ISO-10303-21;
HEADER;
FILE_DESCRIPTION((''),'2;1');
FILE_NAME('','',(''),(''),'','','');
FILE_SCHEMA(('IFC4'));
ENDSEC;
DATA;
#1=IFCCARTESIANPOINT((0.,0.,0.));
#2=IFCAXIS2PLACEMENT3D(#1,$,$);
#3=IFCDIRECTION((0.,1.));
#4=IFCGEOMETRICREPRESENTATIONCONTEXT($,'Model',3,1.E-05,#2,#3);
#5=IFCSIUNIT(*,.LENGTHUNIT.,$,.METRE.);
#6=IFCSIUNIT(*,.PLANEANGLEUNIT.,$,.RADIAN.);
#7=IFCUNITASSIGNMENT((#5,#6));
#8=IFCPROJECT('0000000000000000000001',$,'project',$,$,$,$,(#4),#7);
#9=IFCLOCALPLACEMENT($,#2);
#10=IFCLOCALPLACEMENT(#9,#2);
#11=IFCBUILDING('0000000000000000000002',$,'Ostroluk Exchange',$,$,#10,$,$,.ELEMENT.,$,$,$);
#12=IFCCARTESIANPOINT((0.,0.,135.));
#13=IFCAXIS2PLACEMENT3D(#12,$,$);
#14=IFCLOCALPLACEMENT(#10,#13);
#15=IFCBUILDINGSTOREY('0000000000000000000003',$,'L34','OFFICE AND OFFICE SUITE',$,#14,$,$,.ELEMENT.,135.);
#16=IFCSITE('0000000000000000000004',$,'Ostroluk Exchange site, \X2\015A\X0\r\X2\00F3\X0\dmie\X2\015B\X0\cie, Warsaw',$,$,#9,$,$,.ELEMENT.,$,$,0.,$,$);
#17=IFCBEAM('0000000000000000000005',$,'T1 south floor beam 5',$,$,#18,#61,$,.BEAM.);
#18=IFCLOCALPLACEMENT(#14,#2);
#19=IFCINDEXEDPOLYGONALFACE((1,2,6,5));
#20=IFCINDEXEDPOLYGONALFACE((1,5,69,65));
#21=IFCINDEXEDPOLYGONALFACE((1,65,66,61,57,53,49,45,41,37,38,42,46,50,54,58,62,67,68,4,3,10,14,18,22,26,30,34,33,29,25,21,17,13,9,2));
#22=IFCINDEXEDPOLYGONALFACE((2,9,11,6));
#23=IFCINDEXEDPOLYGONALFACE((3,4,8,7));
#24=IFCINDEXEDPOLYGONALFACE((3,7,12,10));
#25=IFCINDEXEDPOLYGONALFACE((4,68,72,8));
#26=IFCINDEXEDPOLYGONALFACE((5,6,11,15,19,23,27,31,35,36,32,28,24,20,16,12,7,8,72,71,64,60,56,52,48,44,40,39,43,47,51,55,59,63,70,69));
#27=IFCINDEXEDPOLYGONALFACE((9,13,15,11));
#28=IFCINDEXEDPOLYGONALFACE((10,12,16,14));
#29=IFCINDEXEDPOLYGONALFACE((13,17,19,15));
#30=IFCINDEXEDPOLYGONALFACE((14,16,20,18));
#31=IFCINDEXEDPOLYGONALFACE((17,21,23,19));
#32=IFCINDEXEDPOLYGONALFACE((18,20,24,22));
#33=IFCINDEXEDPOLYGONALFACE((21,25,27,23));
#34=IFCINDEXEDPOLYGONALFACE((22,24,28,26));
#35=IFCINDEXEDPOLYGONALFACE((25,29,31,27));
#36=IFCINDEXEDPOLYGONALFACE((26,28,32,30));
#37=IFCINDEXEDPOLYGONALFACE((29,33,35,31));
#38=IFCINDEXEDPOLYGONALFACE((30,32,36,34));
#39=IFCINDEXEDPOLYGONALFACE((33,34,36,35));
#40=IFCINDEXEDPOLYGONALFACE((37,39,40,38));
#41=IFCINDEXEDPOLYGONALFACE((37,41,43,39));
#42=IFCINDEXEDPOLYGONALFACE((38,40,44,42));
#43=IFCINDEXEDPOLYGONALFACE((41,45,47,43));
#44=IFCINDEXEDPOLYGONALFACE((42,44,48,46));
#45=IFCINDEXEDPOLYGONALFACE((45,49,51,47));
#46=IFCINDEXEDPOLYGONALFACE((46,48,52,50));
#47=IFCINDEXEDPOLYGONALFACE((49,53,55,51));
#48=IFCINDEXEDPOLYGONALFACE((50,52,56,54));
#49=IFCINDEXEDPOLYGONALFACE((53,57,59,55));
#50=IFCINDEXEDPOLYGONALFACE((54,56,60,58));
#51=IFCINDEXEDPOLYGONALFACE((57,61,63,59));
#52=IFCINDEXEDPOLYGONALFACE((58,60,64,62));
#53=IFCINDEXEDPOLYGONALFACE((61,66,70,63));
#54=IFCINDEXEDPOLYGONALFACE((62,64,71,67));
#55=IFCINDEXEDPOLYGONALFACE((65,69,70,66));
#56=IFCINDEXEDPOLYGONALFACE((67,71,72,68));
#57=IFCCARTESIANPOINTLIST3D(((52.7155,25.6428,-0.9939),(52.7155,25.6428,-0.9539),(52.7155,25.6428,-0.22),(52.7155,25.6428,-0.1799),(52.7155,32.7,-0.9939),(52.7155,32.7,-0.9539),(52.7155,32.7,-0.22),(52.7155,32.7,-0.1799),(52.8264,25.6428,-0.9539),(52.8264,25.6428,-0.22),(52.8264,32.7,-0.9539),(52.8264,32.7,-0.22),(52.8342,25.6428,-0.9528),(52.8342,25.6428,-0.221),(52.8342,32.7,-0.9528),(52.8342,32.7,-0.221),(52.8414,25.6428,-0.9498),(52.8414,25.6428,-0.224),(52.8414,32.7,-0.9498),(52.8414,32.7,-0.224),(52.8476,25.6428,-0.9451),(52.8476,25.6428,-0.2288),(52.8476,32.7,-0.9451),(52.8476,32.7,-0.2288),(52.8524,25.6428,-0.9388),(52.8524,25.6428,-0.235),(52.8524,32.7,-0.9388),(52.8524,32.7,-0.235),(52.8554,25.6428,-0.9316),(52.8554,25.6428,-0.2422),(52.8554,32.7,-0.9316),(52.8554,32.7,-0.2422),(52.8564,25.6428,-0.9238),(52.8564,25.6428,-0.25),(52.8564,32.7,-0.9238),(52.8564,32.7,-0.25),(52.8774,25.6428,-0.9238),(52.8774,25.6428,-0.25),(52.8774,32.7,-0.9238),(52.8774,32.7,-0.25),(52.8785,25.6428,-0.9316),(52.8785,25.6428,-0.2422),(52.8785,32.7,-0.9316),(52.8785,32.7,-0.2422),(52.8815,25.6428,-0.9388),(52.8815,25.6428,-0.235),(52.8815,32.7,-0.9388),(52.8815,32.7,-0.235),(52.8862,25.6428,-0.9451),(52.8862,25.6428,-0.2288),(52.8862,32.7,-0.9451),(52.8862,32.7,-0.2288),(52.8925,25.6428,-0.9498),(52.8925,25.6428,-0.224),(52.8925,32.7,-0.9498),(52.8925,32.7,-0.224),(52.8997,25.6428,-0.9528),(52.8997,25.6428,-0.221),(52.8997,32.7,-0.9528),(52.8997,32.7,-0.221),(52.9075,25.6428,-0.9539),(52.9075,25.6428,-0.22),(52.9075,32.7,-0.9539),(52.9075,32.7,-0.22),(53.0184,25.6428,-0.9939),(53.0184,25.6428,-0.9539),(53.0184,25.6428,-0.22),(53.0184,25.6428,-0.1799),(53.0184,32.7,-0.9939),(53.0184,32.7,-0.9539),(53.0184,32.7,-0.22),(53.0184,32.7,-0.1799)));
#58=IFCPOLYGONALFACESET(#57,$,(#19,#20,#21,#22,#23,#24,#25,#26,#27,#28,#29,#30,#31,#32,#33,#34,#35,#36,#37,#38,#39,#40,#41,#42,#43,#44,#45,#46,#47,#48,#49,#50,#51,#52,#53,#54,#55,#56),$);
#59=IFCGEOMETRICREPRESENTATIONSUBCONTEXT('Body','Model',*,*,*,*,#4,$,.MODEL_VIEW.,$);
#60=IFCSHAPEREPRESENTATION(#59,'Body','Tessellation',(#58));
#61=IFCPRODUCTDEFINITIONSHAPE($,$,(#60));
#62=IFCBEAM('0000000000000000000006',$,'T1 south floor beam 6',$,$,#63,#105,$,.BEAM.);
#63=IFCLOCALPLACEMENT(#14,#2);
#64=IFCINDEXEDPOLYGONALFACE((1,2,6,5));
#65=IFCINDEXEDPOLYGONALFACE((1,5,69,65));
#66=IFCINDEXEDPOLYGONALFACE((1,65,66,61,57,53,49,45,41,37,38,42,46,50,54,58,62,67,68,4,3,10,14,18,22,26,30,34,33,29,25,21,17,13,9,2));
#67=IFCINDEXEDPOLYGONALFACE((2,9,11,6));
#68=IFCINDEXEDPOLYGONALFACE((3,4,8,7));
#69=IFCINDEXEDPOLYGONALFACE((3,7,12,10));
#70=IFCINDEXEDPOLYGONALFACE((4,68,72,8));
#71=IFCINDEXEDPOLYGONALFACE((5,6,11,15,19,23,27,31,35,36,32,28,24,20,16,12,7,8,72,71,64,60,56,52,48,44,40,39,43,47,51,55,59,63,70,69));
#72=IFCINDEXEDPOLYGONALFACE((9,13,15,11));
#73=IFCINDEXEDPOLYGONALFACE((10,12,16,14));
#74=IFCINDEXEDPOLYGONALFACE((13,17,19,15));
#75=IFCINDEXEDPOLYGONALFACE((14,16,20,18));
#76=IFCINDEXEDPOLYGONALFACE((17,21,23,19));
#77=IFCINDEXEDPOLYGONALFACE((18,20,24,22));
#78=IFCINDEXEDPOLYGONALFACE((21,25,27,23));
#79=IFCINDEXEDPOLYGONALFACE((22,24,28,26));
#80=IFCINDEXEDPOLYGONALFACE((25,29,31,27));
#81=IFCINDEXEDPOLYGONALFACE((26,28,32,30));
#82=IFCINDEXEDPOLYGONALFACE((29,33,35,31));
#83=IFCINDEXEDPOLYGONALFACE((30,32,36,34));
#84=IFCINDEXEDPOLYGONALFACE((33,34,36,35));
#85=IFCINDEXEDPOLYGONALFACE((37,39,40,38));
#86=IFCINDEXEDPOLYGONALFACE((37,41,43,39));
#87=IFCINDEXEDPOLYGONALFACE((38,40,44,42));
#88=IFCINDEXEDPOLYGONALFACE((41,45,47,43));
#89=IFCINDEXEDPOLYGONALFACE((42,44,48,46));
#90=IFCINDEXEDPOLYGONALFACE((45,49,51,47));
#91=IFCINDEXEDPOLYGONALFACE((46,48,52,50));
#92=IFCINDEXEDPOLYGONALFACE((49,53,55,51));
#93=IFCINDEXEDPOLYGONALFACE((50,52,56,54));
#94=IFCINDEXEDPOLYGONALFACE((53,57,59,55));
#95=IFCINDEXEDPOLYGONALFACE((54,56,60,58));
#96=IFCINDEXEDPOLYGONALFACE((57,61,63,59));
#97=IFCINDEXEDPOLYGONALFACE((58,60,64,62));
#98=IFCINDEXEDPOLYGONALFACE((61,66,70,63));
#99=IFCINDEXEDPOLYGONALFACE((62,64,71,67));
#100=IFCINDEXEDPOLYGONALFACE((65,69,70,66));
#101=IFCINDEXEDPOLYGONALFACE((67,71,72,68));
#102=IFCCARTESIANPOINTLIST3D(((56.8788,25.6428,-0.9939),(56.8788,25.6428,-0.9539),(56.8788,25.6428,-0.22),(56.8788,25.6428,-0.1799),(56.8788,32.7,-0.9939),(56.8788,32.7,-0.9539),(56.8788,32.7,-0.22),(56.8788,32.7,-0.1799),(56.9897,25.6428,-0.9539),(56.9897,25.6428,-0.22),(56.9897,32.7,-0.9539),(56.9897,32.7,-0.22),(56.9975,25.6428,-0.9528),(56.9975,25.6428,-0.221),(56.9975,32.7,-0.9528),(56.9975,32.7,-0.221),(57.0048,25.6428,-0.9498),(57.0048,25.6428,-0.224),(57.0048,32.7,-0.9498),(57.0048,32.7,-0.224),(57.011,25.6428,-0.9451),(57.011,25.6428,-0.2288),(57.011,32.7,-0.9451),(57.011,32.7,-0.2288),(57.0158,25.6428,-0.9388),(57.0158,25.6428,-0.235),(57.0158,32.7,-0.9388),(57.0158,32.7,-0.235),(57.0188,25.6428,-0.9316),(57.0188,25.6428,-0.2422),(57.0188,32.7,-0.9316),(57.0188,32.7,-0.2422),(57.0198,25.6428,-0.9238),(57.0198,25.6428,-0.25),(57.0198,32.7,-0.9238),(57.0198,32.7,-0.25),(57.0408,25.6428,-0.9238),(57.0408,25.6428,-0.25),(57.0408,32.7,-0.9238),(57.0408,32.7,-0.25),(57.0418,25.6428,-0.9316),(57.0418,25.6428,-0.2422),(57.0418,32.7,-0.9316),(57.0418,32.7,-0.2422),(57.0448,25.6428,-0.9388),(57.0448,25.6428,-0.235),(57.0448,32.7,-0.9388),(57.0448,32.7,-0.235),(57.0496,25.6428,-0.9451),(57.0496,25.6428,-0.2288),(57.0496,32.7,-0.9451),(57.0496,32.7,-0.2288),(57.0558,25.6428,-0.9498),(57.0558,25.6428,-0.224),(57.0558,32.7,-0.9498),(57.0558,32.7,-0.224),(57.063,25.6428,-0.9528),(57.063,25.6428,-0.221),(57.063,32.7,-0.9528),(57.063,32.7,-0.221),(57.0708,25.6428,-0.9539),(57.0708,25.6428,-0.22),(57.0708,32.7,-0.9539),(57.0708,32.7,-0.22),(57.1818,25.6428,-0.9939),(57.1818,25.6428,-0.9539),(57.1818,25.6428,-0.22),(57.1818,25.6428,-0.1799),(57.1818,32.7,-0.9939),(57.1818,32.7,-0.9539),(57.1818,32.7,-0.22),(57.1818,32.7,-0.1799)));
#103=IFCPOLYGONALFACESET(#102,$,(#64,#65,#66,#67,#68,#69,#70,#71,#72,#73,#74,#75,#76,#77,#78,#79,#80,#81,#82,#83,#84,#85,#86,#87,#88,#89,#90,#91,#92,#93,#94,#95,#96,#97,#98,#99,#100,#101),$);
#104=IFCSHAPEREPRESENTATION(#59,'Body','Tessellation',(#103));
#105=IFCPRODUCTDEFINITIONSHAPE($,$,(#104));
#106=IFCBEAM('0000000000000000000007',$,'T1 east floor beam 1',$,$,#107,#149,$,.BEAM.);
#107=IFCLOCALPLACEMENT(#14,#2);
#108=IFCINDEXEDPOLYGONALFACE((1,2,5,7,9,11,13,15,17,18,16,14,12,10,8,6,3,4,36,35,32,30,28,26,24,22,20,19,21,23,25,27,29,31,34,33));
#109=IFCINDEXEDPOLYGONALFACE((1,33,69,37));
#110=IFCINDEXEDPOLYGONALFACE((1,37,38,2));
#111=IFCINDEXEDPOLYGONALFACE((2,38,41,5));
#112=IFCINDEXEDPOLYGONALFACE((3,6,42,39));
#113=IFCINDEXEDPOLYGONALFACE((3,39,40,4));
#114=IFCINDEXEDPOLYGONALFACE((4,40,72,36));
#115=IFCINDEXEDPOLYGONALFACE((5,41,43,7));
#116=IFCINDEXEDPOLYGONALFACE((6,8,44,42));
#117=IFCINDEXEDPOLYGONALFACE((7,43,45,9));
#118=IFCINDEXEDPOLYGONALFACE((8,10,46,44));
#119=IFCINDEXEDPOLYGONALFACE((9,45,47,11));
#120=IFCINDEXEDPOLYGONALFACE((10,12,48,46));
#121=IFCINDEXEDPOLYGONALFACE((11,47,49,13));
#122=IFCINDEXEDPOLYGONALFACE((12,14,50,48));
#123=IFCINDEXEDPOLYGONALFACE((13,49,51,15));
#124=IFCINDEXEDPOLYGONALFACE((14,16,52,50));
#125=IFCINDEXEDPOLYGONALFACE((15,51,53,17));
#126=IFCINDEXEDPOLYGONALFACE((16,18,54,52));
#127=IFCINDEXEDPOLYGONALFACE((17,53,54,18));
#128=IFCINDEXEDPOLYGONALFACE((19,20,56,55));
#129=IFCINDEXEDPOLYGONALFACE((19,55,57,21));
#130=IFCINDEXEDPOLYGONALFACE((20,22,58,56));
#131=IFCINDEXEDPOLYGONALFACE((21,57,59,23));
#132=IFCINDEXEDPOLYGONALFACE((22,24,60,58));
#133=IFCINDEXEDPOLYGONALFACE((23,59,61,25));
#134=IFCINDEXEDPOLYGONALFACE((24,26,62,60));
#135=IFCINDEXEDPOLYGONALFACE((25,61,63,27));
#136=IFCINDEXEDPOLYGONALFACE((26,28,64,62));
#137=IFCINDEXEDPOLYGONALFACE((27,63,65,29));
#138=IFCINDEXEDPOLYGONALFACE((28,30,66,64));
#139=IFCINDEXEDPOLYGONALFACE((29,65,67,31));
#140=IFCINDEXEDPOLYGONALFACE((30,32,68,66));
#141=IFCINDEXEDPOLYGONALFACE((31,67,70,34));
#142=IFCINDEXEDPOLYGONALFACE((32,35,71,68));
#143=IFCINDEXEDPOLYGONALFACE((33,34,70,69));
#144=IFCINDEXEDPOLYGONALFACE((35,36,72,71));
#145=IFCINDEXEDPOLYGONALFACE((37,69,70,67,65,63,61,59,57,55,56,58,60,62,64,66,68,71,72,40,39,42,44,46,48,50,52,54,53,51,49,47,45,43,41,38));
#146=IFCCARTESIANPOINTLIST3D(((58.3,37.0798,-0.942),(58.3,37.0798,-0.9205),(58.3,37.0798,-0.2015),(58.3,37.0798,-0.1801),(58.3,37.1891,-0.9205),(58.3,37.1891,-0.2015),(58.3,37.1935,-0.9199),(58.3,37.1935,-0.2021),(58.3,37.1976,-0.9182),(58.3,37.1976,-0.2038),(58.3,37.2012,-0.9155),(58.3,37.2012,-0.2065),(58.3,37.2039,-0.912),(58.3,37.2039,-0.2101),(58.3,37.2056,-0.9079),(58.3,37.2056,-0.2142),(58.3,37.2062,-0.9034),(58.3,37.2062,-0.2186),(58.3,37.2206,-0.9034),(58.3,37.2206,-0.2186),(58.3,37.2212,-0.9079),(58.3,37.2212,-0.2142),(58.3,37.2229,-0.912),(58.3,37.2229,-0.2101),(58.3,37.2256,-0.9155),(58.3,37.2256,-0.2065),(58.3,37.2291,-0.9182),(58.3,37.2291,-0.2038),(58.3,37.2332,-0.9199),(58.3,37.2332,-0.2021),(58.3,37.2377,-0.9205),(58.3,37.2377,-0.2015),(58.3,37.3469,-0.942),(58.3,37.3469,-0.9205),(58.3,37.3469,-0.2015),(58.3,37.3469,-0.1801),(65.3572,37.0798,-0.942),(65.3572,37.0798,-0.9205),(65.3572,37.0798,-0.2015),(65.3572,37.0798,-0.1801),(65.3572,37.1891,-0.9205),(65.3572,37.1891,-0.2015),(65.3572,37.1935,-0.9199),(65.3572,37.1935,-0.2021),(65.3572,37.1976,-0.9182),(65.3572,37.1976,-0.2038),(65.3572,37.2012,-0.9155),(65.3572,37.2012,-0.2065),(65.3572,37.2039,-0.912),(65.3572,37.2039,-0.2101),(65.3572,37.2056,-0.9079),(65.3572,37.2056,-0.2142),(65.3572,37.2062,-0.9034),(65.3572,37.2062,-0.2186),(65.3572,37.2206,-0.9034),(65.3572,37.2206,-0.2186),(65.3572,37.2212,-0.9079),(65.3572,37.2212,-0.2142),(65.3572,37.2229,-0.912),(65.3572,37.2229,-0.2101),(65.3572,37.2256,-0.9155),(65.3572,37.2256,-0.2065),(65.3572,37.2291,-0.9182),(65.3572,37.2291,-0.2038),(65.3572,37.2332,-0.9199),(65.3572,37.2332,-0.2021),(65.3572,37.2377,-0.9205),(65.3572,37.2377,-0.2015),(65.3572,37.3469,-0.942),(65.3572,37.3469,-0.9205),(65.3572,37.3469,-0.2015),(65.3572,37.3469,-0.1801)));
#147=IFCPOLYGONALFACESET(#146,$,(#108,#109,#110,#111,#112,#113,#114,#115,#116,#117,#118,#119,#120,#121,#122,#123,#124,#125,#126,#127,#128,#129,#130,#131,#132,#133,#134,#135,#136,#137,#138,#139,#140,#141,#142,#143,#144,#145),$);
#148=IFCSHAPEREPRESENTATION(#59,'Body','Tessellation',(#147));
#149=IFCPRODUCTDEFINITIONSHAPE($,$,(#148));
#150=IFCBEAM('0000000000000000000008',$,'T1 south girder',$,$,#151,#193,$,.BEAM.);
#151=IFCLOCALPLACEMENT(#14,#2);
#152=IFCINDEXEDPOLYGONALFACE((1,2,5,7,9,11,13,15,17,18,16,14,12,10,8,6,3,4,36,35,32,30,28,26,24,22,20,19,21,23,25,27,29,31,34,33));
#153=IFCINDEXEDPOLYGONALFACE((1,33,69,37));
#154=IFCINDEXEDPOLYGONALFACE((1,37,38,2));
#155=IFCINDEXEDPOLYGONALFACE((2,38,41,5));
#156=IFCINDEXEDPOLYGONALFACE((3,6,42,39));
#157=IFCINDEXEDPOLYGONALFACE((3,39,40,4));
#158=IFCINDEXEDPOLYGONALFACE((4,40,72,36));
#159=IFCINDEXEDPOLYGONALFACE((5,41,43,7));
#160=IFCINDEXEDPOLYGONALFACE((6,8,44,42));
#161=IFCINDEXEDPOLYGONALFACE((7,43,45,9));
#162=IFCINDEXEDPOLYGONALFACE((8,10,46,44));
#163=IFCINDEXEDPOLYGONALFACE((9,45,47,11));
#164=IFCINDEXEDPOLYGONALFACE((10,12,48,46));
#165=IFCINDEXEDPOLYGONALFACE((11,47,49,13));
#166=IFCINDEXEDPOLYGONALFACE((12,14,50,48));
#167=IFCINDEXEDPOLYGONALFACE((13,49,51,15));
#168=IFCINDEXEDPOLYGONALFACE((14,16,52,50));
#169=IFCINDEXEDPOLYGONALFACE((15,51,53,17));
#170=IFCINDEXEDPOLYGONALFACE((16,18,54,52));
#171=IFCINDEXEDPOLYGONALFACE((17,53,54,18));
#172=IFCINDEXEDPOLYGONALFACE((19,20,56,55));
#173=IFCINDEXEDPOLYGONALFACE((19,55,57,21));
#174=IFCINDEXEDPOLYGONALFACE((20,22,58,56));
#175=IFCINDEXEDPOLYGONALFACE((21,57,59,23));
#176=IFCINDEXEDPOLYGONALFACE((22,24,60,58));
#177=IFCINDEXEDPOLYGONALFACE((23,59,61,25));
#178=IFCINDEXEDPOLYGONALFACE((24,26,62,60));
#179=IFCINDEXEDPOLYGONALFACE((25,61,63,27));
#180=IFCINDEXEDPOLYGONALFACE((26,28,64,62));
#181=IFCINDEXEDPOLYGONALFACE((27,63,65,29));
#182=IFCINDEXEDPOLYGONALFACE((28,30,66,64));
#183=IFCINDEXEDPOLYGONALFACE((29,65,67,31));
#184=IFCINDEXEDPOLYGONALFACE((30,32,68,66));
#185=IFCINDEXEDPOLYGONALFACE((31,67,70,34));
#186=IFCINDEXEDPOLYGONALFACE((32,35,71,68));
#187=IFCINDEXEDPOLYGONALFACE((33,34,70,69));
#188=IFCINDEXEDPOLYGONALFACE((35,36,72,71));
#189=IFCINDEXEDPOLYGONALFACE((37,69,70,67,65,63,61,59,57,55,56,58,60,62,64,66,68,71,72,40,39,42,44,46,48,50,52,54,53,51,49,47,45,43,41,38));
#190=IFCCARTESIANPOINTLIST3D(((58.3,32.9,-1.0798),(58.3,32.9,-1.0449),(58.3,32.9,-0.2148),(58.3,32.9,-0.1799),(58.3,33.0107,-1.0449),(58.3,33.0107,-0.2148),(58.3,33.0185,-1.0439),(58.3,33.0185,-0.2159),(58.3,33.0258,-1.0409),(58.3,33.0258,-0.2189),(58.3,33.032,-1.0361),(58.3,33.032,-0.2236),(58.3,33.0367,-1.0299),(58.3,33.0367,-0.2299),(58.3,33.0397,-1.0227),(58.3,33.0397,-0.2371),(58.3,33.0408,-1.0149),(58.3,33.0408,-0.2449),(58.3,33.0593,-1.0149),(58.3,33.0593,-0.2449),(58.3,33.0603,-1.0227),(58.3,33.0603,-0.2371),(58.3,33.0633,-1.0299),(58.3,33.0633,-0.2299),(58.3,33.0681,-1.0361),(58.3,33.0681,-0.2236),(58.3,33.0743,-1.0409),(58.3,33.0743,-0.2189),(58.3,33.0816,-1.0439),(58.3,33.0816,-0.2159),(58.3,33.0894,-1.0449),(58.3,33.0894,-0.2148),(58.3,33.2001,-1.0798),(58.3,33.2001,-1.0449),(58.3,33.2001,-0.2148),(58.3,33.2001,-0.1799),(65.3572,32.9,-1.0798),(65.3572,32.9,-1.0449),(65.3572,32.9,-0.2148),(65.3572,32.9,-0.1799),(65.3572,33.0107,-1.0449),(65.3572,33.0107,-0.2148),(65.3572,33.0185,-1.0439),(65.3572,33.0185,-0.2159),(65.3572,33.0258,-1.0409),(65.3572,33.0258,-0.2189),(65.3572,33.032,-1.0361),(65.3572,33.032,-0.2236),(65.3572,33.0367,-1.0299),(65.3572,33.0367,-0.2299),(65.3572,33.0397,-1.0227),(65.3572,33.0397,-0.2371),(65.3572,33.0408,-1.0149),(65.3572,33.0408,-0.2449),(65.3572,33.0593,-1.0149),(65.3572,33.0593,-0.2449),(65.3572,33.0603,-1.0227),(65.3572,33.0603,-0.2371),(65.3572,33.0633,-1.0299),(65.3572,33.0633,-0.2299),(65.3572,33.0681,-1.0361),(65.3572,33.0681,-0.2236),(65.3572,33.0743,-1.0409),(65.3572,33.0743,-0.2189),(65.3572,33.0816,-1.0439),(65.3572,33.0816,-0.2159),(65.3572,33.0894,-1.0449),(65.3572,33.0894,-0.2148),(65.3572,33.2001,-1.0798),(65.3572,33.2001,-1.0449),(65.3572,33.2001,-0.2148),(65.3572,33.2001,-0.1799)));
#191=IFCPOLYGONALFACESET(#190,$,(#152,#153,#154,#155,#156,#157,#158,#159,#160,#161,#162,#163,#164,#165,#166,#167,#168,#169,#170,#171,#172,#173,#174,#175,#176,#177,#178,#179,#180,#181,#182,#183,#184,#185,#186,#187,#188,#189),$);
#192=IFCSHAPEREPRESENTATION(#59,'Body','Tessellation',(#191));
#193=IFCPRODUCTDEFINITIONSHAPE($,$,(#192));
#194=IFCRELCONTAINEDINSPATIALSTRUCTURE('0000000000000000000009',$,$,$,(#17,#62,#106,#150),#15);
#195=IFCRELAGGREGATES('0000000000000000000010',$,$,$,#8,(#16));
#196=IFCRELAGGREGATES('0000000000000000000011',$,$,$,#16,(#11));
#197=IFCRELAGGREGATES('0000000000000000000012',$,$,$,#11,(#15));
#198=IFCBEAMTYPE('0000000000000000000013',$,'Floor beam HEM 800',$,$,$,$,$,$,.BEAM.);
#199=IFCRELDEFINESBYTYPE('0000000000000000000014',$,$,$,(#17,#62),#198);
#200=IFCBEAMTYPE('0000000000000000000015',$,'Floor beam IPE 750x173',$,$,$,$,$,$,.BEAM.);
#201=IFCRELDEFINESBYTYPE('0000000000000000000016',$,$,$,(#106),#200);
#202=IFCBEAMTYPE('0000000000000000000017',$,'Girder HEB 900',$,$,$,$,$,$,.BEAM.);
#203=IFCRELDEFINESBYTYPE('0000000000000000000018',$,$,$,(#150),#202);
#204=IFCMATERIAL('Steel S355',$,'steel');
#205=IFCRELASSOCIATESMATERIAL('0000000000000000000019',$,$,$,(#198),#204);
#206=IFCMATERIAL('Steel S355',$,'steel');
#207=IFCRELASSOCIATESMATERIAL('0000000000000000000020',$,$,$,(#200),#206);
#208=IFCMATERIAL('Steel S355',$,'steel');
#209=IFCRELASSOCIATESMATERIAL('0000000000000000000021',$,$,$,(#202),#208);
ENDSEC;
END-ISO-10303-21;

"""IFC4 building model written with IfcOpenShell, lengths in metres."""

from ifc_helpers import new_model, si_unit, direction, frame, origin, origin_2d, place, context, subcontext, project, spatial, i_section, extrude, material, material_profile, profile_set, type_object, element, save


model = new_model("IFC4")

# Units and contexts
model_context = context("Model", 3, precision=1e-05, world=origin(), true_north=direction((0.0, 1.0)))
body_context = subcontext(model_context, "Body", "Model", "MODEL_VIEW")
ifc_project = project(units=[si_unit("LENGTHUNIT", "METRE"), si_unit("PLANEANGLEUNIT", "RADIAN")], contexts=[model_context])

# Site, building, storey
site_placement = place(None, origin())
site = spatial("IfcSite", under=ifc_project, at=site_placement, Name="Ostroluk Exchange site, Śródmieście, Warsaw", CompositionType="ELEMENT", RefElevation=0.0)
building_placement = place(site_placement, origin())
building = spatial("IfcBuilding", under=site, at=building_placement, Name="Ostroluk Exchange", CompositionType="ELEMENT")
storey_placement = place(building_placement, frame((0.0, 0.0, 135.0)))
storey = spatial("IfcBuildingStorey", under=building, at=storey_placement, Name="L34", Description="OFFICE AND OFFICE SUITE", CompositionType="ELEMENT", Elevation=135.0)

# Beams
ifc_material_1 = material(Name="Steel S355", Category="steel")
ifc_material_profile_1 = material_profile(ifc_material_1, i_section(OverallWidth=0.303, OverallDepth=0.814, WebThickness=0.021, FlangeThickness=0.04, FilletRadius=0.03, at=origin_2d()), Name="HEM 800")
ifc_profile_set_1 = profile_set([ifc_material_profile_1], Name="Steel S355")
beam_type_1 = type_object("IfcBeamType", Name="Floor beam HEM 800", PredefinedType="BEAM", material=ifc_profile_set_1)
for number, where, z_axis, x_axis, name in (
    (1, (52.8669, 32.7, -0.5869), (0.0, -1.0, 0.0), (1.0, 0.0, 0.0), "T1 south floor beam 5"),
    (2, (57.0303, 32.7, -0.5869), (0.0, -1.0, 0.0), (1.0, 0.0, 0.0), "T1 south floor beam 6"),
):
    element("IfcBeam", number, at=place(storey_placement, frame(where, z_axis=z_axis, x_axis=x_axis)), inside=storey, type_object=beam_type_1, Name=name, PredefinedType="BEAM", context=body_context, shape_type="SweptSolid", body=[
        extrude(i_section(OverallWidth=0.303, OverallDepth=0.814, WebThickness=0.021, FlangeThickness=0.04, FilletRadius=0.03, at=origin_2d()), origin(), (0.0, 0.0, 1.0), 7.0571),
    ])
ifc_material_2 = material(Name="Steel S355", Category="steel")
ifc_material_profile_2 = material_profile(ifc_material_2, i_section(OverallWidth=0.2671, OverallDepth=0.762, WebThickness=0.0144, FlangeThickness=0.0215, FilletRadius=0.0171, at=origin_2d()), Name="IPE 750x173")
ifc_profile_set_2 = profile_set([ifc_material_profile_2], Name="Steel S355")
beam_type_2 = type_object("IfcBeamType", Name="Floor beam IPE 750x173", PredefinedType="BEAM", material=ifc_profile_set_2)
beam_1_placement = place(storey_placement, frame((58.3, 37.2134, -0.561), z_axis=(1.0, 0.0, 0.0), x_axis=(0.0, 1.0, 0.0)))
element("IfcBeam", 3, at=beam_1_placement, inside=storey, type_object=beam_type_2, Name="T1 east floor beam 1", PredefinedType="BEAM", context=body_context, shape_type="SweptSolid", body=[
    extrude(i_section(OverallWidth=0.2671, OverallDepth=0.762, WebThickness=0.0144, FlangeThickness=0.0215, FilletRadius=0.0171, at=origin_2d()), origin(), (0.0, 0.0, 1.0), 7.0571),
])
ifc_material_3 = material(Name="Steel S355", Category="steel")
ifc_material_profile_3 = material_profile(ifc_material_3, i_section(OverallWidth=0.3, OverallDepth=0.8999, WebThickness=0.0186, FlangeThickness=0.0349, FilletRadius=0.03, at=origin_2d()), Name="HEB 900")
ifc_profile_set_3 = profile_set([ifc_material_profile_3], Name="Steel S355")
beam_type_3 = type_object("IfcBeamType", Name="Girder HEB 900", PredefinedType="BEAM", material=ifc_profile_set_3)
beam_2_placement = place(storey_placement, frame((58.3, 33.05, -0.6299), z_axis=(1.0, 0.0, 0.0), x_axis=(0.0, 1.0, 0.0)))
element("IfcBeam", 4, at=beam_2_placement, inside=storey, type_object=beam_type_3, Name="T1 south girder", PredefinedType="BEAM", context=body_context, shape_type="SweptSolid", body=[
    extrude(i_section(OverallWidth=0.3, OverallDepth=0.8999, WebThickness=0.0186, FlangeThickness=0.0349, FilletRadius=0.03, at=origin_2d()), origin(), (0.0, 0.0, 1.0), 7.0571),
])

save(model, "model.ifc")
